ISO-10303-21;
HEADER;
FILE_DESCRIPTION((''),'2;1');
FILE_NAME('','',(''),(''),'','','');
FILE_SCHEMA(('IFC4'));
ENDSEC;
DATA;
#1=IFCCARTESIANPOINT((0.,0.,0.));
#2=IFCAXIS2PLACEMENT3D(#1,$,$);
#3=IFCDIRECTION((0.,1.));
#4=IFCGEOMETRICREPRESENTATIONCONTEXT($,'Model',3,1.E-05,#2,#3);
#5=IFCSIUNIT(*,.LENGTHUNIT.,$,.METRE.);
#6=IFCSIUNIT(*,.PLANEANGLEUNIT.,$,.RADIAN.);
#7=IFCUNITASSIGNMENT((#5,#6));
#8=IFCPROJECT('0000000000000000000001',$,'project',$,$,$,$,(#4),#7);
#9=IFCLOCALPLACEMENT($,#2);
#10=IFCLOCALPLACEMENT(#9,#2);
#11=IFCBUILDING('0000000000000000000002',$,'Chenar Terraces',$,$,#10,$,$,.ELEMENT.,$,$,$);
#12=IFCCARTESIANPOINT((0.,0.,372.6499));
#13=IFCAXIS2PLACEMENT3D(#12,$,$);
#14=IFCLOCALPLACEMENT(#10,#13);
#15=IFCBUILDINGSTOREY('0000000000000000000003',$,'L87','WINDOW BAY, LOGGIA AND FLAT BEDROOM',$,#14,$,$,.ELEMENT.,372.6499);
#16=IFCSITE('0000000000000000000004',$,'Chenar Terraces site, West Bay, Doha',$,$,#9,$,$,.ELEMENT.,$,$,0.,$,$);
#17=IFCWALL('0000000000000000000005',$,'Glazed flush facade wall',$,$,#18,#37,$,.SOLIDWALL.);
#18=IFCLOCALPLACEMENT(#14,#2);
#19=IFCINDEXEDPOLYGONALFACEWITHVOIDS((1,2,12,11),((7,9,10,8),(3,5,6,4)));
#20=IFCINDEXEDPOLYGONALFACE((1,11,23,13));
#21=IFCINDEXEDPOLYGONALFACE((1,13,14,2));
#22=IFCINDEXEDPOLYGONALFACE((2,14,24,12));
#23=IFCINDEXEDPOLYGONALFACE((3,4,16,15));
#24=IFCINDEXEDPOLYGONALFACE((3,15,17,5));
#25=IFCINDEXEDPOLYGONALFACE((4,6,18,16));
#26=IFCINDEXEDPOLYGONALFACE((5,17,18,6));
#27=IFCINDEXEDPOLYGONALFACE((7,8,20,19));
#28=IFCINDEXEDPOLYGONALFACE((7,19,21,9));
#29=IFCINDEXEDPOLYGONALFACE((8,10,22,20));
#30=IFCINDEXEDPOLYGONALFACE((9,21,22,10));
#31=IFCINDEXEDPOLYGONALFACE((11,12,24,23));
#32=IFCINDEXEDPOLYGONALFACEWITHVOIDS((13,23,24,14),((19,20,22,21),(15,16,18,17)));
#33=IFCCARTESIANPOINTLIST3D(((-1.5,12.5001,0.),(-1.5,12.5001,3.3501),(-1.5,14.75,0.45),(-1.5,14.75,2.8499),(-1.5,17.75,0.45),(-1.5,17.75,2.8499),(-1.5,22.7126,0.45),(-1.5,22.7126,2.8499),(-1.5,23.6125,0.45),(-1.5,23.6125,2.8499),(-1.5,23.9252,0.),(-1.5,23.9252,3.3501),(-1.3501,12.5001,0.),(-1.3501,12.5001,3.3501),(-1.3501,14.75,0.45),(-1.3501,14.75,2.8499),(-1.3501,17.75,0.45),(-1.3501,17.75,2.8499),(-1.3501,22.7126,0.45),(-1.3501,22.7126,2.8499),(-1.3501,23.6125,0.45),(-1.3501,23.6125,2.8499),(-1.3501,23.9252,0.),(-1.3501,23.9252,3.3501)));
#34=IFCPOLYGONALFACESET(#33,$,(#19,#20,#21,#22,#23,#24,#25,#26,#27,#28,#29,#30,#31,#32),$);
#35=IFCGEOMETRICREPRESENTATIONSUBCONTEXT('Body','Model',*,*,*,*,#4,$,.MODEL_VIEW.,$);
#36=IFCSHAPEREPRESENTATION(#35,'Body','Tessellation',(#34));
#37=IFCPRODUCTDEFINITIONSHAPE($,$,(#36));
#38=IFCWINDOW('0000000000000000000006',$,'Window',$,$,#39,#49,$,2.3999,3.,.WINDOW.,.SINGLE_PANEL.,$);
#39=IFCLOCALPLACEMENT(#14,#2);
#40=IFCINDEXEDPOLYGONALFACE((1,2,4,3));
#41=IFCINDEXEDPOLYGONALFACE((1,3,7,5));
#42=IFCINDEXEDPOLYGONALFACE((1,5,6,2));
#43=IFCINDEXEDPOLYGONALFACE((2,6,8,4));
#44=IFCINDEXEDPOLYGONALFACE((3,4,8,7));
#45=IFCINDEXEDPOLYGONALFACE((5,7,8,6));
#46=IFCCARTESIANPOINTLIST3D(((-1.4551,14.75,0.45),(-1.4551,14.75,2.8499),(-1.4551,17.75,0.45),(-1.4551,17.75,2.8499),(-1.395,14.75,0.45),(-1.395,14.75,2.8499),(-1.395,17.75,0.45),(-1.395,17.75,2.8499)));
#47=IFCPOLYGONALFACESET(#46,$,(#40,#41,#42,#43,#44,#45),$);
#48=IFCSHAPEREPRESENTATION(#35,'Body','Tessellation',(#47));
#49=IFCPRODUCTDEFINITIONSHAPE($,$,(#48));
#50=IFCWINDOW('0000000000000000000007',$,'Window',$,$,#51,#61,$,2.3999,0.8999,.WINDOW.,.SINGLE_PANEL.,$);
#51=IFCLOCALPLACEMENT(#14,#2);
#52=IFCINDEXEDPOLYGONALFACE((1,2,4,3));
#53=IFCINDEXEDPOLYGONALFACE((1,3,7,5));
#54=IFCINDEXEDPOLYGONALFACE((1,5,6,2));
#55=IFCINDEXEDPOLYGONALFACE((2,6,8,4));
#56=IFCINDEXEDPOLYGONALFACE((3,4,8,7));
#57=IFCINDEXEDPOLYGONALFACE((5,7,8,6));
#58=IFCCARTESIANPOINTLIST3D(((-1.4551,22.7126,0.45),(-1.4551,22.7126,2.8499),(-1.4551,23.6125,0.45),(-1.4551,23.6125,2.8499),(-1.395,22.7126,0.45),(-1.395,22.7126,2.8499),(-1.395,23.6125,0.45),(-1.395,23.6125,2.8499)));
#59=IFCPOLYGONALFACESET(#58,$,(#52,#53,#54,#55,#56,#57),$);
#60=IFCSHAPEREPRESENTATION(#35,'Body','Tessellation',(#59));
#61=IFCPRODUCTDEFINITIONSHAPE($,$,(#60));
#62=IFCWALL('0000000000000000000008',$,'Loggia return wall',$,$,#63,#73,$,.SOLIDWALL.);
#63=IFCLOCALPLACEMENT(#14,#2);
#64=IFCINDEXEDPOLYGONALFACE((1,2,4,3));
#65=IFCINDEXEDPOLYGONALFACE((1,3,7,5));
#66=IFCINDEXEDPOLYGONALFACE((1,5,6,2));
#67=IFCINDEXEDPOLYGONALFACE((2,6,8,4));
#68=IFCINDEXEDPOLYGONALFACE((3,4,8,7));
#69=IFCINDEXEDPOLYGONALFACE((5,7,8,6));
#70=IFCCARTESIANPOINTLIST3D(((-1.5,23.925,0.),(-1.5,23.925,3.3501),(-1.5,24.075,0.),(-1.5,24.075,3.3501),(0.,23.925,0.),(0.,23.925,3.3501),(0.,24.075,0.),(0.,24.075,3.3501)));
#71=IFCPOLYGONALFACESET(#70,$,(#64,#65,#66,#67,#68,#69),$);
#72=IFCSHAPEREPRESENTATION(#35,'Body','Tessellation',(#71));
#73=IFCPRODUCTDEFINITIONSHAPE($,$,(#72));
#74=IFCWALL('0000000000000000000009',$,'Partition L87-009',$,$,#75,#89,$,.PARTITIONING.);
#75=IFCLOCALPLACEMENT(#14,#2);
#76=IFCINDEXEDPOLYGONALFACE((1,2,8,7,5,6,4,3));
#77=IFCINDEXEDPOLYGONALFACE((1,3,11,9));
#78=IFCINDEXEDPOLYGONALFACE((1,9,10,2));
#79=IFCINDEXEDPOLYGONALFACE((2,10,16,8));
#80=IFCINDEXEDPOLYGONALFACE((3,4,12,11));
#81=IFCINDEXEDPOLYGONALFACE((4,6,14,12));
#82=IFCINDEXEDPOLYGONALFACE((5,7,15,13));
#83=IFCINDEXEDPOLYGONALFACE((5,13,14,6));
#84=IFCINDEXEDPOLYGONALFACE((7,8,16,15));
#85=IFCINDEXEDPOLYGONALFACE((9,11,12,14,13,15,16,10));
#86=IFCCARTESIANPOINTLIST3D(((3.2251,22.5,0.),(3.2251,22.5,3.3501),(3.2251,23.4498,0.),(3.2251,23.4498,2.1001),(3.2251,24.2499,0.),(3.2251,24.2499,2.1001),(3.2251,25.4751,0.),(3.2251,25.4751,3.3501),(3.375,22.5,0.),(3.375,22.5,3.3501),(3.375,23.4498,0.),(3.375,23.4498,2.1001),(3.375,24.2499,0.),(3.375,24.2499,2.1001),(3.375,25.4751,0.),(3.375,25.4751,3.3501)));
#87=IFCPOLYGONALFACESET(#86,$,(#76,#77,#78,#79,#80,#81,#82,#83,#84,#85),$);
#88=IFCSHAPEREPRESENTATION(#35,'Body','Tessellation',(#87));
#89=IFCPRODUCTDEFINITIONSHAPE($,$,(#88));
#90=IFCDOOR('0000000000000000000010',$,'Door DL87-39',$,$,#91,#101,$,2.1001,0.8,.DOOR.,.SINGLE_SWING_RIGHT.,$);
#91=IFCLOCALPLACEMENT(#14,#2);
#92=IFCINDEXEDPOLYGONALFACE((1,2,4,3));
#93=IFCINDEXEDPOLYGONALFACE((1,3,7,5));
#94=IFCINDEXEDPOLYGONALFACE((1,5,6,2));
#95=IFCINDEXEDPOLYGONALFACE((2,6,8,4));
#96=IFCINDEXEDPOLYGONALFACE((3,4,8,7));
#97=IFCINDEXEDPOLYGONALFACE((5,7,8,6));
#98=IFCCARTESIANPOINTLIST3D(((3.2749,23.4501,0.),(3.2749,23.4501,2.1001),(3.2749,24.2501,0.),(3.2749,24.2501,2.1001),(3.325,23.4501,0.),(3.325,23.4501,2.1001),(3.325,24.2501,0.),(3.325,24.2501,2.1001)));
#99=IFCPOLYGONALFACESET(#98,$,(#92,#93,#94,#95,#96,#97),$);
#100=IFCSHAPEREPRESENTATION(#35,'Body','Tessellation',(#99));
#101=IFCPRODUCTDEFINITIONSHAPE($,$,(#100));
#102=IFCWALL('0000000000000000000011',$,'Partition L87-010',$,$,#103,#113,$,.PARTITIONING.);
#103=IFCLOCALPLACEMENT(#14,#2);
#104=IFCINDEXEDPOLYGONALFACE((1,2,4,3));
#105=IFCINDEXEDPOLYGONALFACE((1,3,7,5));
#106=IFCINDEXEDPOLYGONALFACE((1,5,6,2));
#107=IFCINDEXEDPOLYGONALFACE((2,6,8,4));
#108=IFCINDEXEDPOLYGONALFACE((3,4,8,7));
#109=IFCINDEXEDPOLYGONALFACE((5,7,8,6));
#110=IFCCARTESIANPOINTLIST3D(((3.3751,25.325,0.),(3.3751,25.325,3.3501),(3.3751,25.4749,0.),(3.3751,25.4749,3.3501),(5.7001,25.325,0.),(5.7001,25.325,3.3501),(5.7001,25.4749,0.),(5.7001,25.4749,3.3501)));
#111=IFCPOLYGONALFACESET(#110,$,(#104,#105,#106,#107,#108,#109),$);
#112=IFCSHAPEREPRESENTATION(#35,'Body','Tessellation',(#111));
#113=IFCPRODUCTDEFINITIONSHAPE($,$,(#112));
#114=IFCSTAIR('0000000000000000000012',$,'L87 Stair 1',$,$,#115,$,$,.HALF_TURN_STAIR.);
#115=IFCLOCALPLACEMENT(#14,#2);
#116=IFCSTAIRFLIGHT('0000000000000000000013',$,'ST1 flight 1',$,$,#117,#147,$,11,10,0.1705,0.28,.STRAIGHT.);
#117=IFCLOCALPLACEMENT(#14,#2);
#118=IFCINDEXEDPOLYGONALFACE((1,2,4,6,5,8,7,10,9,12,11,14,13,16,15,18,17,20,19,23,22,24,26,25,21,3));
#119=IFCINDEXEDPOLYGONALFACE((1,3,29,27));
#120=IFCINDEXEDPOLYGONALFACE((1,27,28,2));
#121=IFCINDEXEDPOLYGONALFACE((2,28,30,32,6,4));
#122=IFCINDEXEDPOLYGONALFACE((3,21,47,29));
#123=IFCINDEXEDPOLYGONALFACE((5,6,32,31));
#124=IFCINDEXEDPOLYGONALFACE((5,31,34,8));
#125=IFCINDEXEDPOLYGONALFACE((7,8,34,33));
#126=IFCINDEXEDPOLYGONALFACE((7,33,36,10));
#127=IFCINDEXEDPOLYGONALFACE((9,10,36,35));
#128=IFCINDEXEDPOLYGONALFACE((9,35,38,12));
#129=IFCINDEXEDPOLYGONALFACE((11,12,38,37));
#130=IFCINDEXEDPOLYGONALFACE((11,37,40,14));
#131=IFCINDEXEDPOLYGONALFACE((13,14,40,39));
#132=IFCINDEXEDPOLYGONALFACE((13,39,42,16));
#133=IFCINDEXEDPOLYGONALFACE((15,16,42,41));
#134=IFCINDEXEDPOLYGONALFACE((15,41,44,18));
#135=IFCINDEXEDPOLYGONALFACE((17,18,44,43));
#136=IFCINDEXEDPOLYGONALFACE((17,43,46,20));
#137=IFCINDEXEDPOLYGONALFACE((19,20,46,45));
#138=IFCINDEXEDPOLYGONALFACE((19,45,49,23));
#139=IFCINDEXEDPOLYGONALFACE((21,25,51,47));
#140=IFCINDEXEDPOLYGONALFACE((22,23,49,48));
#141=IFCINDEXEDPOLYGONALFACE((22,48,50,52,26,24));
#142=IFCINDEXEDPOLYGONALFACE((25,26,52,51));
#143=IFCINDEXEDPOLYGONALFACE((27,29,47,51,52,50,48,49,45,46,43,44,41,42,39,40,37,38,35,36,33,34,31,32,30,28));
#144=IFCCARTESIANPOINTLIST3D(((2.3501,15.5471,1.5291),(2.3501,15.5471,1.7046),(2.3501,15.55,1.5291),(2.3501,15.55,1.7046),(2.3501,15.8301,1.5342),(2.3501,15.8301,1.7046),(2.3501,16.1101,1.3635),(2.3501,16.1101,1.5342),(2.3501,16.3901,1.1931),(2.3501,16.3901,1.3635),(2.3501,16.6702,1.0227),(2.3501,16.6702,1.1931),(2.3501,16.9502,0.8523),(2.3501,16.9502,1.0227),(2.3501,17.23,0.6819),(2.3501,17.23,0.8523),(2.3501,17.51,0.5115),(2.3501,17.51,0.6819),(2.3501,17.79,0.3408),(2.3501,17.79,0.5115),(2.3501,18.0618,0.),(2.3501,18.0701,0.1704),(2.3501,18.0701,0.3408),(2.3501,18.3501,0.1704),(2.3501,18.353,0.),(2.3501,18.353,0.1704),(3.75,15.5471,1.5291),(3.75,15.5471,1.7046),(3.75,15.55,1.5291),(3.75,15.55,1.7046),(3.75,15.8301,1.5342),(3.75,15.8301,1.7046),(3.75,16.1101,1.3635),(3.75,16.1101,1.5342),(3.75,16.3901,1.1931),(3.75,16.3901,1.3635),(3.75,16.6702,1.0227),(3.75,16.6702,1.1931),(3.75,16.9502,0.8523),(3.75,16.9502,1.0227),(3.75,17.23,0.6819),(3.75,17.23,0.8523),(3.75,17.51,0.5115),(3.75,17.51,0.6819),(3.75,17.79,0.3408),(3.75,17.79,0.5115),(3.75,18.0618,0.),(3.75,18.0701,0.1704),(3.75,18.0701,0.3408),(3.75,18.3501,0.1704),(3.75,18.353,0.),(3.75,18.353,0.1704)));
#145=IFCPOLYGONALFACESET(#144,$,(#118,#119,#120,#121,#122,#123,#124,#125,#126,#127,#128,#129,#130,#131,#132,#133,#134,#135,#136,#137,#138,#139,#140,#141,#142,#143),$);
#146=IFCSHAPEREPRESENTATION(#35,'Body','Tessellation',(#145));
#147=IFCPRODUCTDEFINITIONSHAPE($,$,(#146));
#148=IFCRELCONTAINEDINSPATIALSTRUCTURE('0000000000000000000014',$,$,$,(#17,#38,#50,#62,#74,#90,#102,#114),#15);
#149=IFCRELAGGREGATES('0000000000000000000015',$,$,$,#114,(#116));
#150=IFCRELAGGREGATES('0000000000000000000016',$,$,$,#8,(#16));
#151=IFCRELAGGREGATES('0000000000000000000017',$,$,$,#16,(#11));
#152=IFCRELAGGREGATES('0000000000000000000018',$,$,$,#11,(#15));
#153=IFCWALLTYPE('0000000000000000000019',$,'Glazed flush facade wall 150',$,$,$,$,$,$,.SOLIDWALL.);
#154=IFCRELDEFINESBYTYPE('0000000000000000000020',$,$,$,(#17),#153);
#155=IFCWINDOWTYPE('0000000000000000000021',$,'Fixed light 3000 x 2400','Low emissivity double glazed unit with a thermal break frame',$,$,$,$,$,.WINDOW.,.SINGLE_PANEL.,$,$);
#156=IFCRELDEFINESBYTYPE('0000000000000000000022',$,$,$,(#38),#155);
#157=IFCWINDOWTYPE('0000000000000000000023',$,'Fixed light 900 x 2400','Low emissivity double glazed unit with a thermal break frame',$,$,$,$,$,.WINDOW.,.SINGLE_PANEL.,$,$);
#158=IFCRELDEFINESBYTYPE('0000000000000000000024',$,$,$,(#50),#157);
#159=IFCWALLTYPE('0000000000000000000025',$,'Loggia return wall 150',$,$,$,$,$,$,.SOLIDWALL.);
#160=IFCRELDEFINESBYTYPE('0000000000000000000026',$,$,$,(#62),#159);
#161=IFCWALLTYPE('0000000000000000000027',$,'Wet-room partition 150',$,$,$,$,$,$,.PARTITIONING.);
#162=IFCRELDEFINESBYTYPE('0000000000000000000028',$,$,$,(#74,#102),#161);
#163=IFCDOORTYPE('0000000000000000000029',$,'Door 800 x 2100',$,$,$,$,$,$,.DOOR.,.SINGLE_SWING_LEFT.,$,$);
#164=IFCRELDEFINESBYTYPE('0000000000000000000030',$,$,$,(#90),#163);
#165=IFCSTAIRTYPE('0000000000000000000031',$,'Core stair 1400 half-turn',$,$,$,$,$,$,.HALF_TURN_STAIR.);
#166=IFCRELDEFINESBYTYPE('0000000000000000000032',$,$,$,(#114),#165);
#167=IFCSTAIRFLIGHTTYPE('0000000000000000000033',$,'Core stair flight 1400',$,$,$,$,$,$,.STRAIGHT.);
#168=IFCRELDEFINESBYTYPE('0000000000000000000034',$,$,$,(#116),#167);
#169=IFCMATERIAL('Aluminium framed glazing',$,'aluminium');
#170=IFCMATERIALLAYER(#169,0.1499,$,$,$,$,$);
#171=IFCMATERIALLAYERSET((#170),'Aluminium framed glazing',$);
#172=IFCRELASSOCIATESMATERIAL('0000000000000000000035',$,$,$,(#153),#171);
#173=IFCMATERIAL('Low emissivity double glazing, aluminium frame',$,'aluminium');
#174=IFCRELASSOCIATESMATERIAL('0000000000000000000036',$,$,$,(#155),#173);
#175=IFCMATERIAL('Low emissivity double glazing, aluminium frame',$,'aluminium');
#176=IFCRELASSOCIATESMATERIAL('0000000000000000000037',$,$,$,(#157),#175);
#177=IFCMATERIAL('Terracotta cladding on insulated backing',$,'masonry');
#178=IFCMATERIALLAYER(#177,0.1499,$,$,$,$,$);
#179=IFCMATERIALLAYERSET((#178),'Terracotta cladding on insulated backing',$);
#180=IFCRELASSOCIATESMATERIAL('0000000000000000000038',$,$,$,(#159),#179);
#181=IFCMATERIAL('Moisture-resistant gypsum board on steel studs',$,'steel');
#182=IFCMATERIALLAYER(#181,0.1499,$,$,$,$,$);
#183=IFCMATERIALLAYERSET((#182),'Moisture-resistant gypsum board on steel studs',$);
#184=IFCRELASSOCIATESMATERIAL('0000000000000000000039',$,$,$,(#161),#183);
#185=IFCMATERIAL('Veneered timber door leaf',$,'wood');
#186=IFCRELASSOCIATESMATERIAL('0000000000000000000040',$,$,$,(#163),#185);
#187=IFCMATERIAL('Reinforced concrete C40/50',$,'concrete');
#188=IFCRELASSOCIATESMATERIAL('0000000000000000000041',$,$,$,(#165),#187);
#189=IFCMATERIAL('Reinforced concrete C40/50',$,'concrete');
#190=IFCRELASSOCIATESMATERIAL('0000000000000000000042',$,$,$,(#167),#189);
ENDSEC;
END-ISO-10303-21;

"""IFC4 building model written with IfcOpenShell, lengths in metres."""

from ifc_helpers import new_model, si_unit, direction, frame, frame_2d, origin, place, context, subcontext, project, spatial, polyline, rectangle, outline, extrude, material, layer, layer_set, type_object, element, fill, aggregate, save


model = new_model("IFC4")

# Units and contexts
model_context = context("Model", 3, precision=1e-05, world=origin(), true_north=direction((0.0, 1.0)))
body_context = subcontext(model_context, "Body", "Model", "MODEL_VIEW")
ifc_project = project(units=[si_unit("LENGTHUNIT", "METRE"), si_unit("PLANEANGLEUNIT", "RADIAN")], contexts=[model_context])

# Site, building, storey
site_placement = place(None, origin())
site = spatial("IfcSite", under=ifc_project, at=site_placement, Name="Chenar Terraces site, West Bay, Doha", CompositionType="ELEMENT", RefElevation=0.0)
building_placement = place(site_placement, origin())
building = spatial("IfcBuilding", under=site, at=building_placement, Name="Chenar Terraces", CompositionType="ELEMENT")
storey_placement = place(building_placement, frame((0.0, 0.0, 372.6499)))
storey = spatial("IfcBuildingStorey", under=building, at=storey_placement, Name="L87", Description="WINDOW BAY, LOGGIA AND FLAT BEDROOM", CompositionType="ELEMENT", Elevation=372.6499)

# Wall, openings, windows
ifc_material_1 = material(Name="Aluminium framed glazing", Category="aluminium")
ifc_layer_1 = layer(ifc_material_1, 0.1499)
ifc_layer_set_1 = layer_set([ifc_layer_1], Name="Aluminium framed glazing")
wall_type_1 = type_object("IfcWallType", Name="Glazed flush facade wall 150", PredefinedType="SOLIDWALL", material=ifc_layer_set_1)
wall_1_placement = place(storey_placement, frame((-1.425, 23.925, 0.0), z_axis=(0.0, 0.0, 1.0), x_axis=(0.0, -1.0, 0.0)))
wall_1 = element("IfcWall", 1, at=wall_1_placement, inside=storey, type_object=wall_type_1, Name="Glazed flush facade wall", PredefinedType="SOLIDWALL", context=body_context, shape_type="SweptSolid", body=[
    extrude(rectangle(XDim=11.425, YDim=0.1499, at=frame_2d((5.7124, 0.0))), origin(), (0.0, 0.0, 1.0), 3.3501),
])
opening_1_placement = place(wall_1_placement, frame((0.3125, 0.0, 0.45)))
opening_1 = element("IfcOpeningElement", 2, at=opening_1_placement, cuts=wall_1, PredefinedType="OPENING", context=body_context, shape_type="SweptSolid", body=[
    extrude(rectangle(XDim=0.8999, YDim=2.3999, at=frame_2d((0.45, 1.2))), frame((0.0, 0.085, 0.0), z_axis=(0.0, -1.0, 0.0), x_axis=(1.0, 0.0, 0.0)), (0.0, 0.0, 1.0), 0.1699),
])
opening_2_placement = place(wall_1_placement, frame((6.175, 0.0, 0.45)))
opening_2 = element("IfcOpeningElement", 3, at=opening_2_placement, cuts=wall_1, PredefinedType="OPENING", context=body_context, shape_type="SweptSolid", body=[
    extrude(rectangle(XDim=3.0, YDim=2.3999, at=frame_2d((1.5, 1.2))), frame((0.0, 0.085, 0.0), z_axis=(0.0, -1.0, 0.0), x_axis=(1.0, 0.0, 0.0)), (0.0, 0.0, 1.0), 0.1699),
])
ifc_material_2 = material(Name="Low emissivity double glazing, aluminium frame", Category="aluminium")
window_type_1 = type_object("IfcWindowType", Name="Fixed light 3000 x 2400", Description="Low emissivity double glazed unit with a thermal break frame", PartitioningType="SINGLE_PANEL", PredefinedType="WINDOW", material=ifc_material_2)
window_1_placement = place(opening_2_placement, origin())
window_1 = element("IfcWindow", 4, at=window_1_placement, inside=storey, type_object=window_type_1, Name="Window", OverallHeight=2.3999, OverallWidth=3.0, PartitioningType="SINGLE_PANEL", PredefinedType="WINDOW", context=body_context, shape_type="SweptSolid", body=[
    extrude(rectangle(XDim=3.0, YDim=2.3999, at=frame_2d((1.5, 1.2))), frame((0.0, 0.03, 0.0), z_axis=(0.0, -1.0, 0.0), x_axis=(1.0, 0.0, 0.0)), (0.0, 0.0, 1.0), 0.0601),
])
fill(opening_2, window_1)
ifc_material_3 = material(Name="Low emissivity double glazing, aluminium frame", Category="aluminium")
window_type_2 = type_object("IfcWindowType", Name="Fixed light 900 x 2400", Description="Low emissivity double glazed unit with a thermal break frame", PartitioningType="SINGLE_PANEL", PredefinedType="WINDOW", material=ifc_material_3)
window_2_placement = place(opening_1_placement, origin())
window_2 = element("IfcWindow", 5, at=window_2_placement, inside=storey, type_object=window_type_2, Name="Window", OverallHeight=2.3999, OverallWidth=0.8999, PartitioningType="SINGLE_PANEL", PredefinedType="WINDOW", context=body_context, shape_type="SweptSolid", body=[
    extrude(rectangle(XDim=0.8999, YDim=2.3999, at=frame_2d((0.45, 1.2))), frame((0.0, 0.03, 0.0), z_axis=(0.0, -1.0, 0.0), x_axis=(1.0, 0.0, 0.0)), (0.0, 0.0, 1.0), 0.0601),
])
fill(opening_1, window_2)

# Wall
ifc_material_4 = material(Name="Terracotta cladding on insulated backing", Category="masonry")
ifc_layer_2 = layer(ifc_material_4, 0.1499)
ifc_layer_set_2 = layer_set([ifc_layer_2], Name="Terracotta cladding on insulated backing")
wall_type_2 = type_object("IfcWallType", Name="Loggia return wall 150", PredefinedType="SOLIDWALL", material=ifc_layer_set_2)
wall_2_placement = place(storey_placement, frame((-1.5, 24.0, 0.0), z_axis=(0.0, 0.0, 1.0), x_axis=(1.0, 0.0, 0.0)))
element("IfcWall", 6, at=wall_2_placement, inside=storey, type_object=wall_type_2, Name="Loggia return wall", PredefinedType="SOLIDWALL", context=body_context, shape_type="SweptSolid", body=[
    extrude(rectangle(XDim=1.5, YDim=0.1499, at=frame_2d((0.75, 0.0))), origin(), (0.0, 0.0, 1.0), 3.3501),
])

# Wall, opening, door
ifc_material_5 = material(Name="Moisture-resistant gypsum board on steel studs", Category="steel")
ifc_layer_3 = layer(ifc_material_5, 0.1499)
ifc_layer_set_3 = layer_set([ifc_layer_3], Name="Moisture-resistant gypsum board on steel studs")
wall_type_3 = type_object("IfcWallType", Name="Wet-room partition 150", PredefinedType="PARTITIONING", material=ifc_layer_set_3)
wall_3_placement = place(storey_placement, frame((3.3, 22.5, 0.0), z_axis=(0.0, 0.0, 1.0), x_axis=(0.0, 1.0, 0.0)))
wall_3 = element("IfcWall", 7, at=wall_3_placement, inside=storey, type_object=wall_type_3, Name="Partition L87-009", PredefinedType="PARTITIONING", context=body_context, shape_type="SweptSolid", body=[
    extrude(rectangle(XDim=2.9751, YDim=0.1499, at=frame_2d((1.4875, 0.0))), origin(), (0.0, 0.0, 1.0), 3.3501),
])
opening_3_placement = place(wall_3_placement, frame((0.95, 0.0, 0.0)))
opening_3 = element("IfcOpeningElement", 8, at=opening_3_placement, cuts=wall_3, PredefinedType="OPENING", context=body_context, shape_type="SweptSolid", body=[
    extrude(rectangle(XDim=0.8, YDim=2.1001, at=frame_2d((0.3999, 1.05))), frame((0.0, 0.085, 0.0), z_axis=(0.0, -1.0, 0.0), x_axis=(1.0, 0.0, 0.0)), (0.0, 0.0, 1.0), 0.1699),
])
ifc_material_6 = material(Name="Veneered timber door leaf", Category="wood")
door_type_1 = type_object("IfcDoorType", Name="Door 800 x 2100", OperationType="SINGLE_SWING_LEFT", PredefinedType="DOOR", material=ifc_material_6)
door_1_placement = place(opening_3_placement, frame((0.8, 0.0, 0.0), z_axis=(0.0, 0.0, 1.0), x_axis=(-1.0, 0.0, 0.0)))
door_1 = element("IfcDoor", 9, at=door_1_placement, inside=storey, type_object=door_type_1, Name="Door DL87-39", OperationType="SINGLE_SWING_RIGHT", OverallHeight=2.1001, OverallWidth=0.8, PredefinedType="DOOR", context=body_context, shape_type="SweptSolid", body=[
    extrude(rectangle(XDim=0.8, YDim=2.1001, at=frame_2d((0.3999, 1.05))), frame((0.0, 0.0249, 0.0), z_axis=(0.0, -1.0, 0.0), x_axis=(1.0, 0.0, 0.0)), (0.0, 0.0, 1.0), 0.05),
])
fill(opening_3, door_1)

# Wall
wall_4_placement = place(storey_placement, frame((3.375, 25.3999, 0.0), z_axis=(0.0, 0.0, 1.0), x_axis=(1.0, 0.0, 0.0)))
element("IfcWall", 10, at=wall_4_placement, inside=storey, type_object=wall_type_3, Name="Partition L87-010", PredefinedType="PARTITIONING", context=body_context, shape_type="SweptSolid", body=[
    extrude(rectangle(XDim=2.325, YDim=0.1499, at=frame_2d((1.1626, 0.0))), origin(), (0.0, 0.0, 1.0), 3.3501),
])

# Stair, stair flight
ifc_material_7 = material(Name="Reinforced concrete C40/50", Category="concrete")
stair_type = type_object("IfcStairType", Name="Core stair 1400 half-turn", PredefinedType="HALF_TURN_STAIR", material=ifc_material_7)
stair_placement = place(storey_placement, origin())
stair = element("IfcStair", 11, at=stair_placement, inside=storey, type_object=stair_type, Name="L87 Stair 1", PredefinedType="HALF_TURN_STAIR")
ifc_material_8 = material(Name="Reinforced concrete C40/50", Category="concrete")
stair_flight_type = type_object("IfcStairFlightType", Name="Core stair flight 1400", PredefinedType="STRAIGHT", material=ifc_material_8)
stair_flight_1_placement = place(storey_placement, frame((3.05, 18.3501, 0.0), z_axis=(0.0, 0.0, 1.0), x_axis=(0.0, -1.0, 0.0)))
stair_flight_1 = element("IfcStairFlight", 12, at=stair_flight_1_placement, type_object=stair_flight_type, Name="ST1 flight 1", NumberOfRisers=11, NumberOfTreads=10, PredefinedType="STRAIGHT", RiserHeight=0.1705, TreadLength=0.28, context=body_context, shape_type="SweptSolid", body=[
    extrude(outline(polyline([(-0.0029, 0.0), (-0.0029, 0.1704), (0.0, 0.1704), (0.28, 0.1704), (0.28, 0.3408), (0.5601, 0.3408), (0.5601, 0.5115), (0.8401, 0.5115), (0.8401, 0.6819), (1.1201, 0.6819), (1.1201, 0.8523), (1.3999, 0.8523), (1.3999, 1.0227), (1.6799, 1.0227), (1.6799, 1.1931), (1.96, 1.1931), (1.96, 1.3635), (2.24, 1.3635), (2.24, 1.5342), (2.52, 1.5342), (2.52, 1.7046), (2.8, 1.7046), (2.803, 1.7046), (2.803, 1.5291), (2.8, 1.5291), (0.2883, 0.0), (-0.0029, 0.0)])), frame((0.0, 0.7, 0.0), z_axis=(0.0, -1.0, 0.0), x_axis=(1.0, 0.0, 0.0)), (0.0, 0.0, 1.0), 1.3999),
])
aggregate(stair, [stair_flight_1])

save(model, "model.ifc")
